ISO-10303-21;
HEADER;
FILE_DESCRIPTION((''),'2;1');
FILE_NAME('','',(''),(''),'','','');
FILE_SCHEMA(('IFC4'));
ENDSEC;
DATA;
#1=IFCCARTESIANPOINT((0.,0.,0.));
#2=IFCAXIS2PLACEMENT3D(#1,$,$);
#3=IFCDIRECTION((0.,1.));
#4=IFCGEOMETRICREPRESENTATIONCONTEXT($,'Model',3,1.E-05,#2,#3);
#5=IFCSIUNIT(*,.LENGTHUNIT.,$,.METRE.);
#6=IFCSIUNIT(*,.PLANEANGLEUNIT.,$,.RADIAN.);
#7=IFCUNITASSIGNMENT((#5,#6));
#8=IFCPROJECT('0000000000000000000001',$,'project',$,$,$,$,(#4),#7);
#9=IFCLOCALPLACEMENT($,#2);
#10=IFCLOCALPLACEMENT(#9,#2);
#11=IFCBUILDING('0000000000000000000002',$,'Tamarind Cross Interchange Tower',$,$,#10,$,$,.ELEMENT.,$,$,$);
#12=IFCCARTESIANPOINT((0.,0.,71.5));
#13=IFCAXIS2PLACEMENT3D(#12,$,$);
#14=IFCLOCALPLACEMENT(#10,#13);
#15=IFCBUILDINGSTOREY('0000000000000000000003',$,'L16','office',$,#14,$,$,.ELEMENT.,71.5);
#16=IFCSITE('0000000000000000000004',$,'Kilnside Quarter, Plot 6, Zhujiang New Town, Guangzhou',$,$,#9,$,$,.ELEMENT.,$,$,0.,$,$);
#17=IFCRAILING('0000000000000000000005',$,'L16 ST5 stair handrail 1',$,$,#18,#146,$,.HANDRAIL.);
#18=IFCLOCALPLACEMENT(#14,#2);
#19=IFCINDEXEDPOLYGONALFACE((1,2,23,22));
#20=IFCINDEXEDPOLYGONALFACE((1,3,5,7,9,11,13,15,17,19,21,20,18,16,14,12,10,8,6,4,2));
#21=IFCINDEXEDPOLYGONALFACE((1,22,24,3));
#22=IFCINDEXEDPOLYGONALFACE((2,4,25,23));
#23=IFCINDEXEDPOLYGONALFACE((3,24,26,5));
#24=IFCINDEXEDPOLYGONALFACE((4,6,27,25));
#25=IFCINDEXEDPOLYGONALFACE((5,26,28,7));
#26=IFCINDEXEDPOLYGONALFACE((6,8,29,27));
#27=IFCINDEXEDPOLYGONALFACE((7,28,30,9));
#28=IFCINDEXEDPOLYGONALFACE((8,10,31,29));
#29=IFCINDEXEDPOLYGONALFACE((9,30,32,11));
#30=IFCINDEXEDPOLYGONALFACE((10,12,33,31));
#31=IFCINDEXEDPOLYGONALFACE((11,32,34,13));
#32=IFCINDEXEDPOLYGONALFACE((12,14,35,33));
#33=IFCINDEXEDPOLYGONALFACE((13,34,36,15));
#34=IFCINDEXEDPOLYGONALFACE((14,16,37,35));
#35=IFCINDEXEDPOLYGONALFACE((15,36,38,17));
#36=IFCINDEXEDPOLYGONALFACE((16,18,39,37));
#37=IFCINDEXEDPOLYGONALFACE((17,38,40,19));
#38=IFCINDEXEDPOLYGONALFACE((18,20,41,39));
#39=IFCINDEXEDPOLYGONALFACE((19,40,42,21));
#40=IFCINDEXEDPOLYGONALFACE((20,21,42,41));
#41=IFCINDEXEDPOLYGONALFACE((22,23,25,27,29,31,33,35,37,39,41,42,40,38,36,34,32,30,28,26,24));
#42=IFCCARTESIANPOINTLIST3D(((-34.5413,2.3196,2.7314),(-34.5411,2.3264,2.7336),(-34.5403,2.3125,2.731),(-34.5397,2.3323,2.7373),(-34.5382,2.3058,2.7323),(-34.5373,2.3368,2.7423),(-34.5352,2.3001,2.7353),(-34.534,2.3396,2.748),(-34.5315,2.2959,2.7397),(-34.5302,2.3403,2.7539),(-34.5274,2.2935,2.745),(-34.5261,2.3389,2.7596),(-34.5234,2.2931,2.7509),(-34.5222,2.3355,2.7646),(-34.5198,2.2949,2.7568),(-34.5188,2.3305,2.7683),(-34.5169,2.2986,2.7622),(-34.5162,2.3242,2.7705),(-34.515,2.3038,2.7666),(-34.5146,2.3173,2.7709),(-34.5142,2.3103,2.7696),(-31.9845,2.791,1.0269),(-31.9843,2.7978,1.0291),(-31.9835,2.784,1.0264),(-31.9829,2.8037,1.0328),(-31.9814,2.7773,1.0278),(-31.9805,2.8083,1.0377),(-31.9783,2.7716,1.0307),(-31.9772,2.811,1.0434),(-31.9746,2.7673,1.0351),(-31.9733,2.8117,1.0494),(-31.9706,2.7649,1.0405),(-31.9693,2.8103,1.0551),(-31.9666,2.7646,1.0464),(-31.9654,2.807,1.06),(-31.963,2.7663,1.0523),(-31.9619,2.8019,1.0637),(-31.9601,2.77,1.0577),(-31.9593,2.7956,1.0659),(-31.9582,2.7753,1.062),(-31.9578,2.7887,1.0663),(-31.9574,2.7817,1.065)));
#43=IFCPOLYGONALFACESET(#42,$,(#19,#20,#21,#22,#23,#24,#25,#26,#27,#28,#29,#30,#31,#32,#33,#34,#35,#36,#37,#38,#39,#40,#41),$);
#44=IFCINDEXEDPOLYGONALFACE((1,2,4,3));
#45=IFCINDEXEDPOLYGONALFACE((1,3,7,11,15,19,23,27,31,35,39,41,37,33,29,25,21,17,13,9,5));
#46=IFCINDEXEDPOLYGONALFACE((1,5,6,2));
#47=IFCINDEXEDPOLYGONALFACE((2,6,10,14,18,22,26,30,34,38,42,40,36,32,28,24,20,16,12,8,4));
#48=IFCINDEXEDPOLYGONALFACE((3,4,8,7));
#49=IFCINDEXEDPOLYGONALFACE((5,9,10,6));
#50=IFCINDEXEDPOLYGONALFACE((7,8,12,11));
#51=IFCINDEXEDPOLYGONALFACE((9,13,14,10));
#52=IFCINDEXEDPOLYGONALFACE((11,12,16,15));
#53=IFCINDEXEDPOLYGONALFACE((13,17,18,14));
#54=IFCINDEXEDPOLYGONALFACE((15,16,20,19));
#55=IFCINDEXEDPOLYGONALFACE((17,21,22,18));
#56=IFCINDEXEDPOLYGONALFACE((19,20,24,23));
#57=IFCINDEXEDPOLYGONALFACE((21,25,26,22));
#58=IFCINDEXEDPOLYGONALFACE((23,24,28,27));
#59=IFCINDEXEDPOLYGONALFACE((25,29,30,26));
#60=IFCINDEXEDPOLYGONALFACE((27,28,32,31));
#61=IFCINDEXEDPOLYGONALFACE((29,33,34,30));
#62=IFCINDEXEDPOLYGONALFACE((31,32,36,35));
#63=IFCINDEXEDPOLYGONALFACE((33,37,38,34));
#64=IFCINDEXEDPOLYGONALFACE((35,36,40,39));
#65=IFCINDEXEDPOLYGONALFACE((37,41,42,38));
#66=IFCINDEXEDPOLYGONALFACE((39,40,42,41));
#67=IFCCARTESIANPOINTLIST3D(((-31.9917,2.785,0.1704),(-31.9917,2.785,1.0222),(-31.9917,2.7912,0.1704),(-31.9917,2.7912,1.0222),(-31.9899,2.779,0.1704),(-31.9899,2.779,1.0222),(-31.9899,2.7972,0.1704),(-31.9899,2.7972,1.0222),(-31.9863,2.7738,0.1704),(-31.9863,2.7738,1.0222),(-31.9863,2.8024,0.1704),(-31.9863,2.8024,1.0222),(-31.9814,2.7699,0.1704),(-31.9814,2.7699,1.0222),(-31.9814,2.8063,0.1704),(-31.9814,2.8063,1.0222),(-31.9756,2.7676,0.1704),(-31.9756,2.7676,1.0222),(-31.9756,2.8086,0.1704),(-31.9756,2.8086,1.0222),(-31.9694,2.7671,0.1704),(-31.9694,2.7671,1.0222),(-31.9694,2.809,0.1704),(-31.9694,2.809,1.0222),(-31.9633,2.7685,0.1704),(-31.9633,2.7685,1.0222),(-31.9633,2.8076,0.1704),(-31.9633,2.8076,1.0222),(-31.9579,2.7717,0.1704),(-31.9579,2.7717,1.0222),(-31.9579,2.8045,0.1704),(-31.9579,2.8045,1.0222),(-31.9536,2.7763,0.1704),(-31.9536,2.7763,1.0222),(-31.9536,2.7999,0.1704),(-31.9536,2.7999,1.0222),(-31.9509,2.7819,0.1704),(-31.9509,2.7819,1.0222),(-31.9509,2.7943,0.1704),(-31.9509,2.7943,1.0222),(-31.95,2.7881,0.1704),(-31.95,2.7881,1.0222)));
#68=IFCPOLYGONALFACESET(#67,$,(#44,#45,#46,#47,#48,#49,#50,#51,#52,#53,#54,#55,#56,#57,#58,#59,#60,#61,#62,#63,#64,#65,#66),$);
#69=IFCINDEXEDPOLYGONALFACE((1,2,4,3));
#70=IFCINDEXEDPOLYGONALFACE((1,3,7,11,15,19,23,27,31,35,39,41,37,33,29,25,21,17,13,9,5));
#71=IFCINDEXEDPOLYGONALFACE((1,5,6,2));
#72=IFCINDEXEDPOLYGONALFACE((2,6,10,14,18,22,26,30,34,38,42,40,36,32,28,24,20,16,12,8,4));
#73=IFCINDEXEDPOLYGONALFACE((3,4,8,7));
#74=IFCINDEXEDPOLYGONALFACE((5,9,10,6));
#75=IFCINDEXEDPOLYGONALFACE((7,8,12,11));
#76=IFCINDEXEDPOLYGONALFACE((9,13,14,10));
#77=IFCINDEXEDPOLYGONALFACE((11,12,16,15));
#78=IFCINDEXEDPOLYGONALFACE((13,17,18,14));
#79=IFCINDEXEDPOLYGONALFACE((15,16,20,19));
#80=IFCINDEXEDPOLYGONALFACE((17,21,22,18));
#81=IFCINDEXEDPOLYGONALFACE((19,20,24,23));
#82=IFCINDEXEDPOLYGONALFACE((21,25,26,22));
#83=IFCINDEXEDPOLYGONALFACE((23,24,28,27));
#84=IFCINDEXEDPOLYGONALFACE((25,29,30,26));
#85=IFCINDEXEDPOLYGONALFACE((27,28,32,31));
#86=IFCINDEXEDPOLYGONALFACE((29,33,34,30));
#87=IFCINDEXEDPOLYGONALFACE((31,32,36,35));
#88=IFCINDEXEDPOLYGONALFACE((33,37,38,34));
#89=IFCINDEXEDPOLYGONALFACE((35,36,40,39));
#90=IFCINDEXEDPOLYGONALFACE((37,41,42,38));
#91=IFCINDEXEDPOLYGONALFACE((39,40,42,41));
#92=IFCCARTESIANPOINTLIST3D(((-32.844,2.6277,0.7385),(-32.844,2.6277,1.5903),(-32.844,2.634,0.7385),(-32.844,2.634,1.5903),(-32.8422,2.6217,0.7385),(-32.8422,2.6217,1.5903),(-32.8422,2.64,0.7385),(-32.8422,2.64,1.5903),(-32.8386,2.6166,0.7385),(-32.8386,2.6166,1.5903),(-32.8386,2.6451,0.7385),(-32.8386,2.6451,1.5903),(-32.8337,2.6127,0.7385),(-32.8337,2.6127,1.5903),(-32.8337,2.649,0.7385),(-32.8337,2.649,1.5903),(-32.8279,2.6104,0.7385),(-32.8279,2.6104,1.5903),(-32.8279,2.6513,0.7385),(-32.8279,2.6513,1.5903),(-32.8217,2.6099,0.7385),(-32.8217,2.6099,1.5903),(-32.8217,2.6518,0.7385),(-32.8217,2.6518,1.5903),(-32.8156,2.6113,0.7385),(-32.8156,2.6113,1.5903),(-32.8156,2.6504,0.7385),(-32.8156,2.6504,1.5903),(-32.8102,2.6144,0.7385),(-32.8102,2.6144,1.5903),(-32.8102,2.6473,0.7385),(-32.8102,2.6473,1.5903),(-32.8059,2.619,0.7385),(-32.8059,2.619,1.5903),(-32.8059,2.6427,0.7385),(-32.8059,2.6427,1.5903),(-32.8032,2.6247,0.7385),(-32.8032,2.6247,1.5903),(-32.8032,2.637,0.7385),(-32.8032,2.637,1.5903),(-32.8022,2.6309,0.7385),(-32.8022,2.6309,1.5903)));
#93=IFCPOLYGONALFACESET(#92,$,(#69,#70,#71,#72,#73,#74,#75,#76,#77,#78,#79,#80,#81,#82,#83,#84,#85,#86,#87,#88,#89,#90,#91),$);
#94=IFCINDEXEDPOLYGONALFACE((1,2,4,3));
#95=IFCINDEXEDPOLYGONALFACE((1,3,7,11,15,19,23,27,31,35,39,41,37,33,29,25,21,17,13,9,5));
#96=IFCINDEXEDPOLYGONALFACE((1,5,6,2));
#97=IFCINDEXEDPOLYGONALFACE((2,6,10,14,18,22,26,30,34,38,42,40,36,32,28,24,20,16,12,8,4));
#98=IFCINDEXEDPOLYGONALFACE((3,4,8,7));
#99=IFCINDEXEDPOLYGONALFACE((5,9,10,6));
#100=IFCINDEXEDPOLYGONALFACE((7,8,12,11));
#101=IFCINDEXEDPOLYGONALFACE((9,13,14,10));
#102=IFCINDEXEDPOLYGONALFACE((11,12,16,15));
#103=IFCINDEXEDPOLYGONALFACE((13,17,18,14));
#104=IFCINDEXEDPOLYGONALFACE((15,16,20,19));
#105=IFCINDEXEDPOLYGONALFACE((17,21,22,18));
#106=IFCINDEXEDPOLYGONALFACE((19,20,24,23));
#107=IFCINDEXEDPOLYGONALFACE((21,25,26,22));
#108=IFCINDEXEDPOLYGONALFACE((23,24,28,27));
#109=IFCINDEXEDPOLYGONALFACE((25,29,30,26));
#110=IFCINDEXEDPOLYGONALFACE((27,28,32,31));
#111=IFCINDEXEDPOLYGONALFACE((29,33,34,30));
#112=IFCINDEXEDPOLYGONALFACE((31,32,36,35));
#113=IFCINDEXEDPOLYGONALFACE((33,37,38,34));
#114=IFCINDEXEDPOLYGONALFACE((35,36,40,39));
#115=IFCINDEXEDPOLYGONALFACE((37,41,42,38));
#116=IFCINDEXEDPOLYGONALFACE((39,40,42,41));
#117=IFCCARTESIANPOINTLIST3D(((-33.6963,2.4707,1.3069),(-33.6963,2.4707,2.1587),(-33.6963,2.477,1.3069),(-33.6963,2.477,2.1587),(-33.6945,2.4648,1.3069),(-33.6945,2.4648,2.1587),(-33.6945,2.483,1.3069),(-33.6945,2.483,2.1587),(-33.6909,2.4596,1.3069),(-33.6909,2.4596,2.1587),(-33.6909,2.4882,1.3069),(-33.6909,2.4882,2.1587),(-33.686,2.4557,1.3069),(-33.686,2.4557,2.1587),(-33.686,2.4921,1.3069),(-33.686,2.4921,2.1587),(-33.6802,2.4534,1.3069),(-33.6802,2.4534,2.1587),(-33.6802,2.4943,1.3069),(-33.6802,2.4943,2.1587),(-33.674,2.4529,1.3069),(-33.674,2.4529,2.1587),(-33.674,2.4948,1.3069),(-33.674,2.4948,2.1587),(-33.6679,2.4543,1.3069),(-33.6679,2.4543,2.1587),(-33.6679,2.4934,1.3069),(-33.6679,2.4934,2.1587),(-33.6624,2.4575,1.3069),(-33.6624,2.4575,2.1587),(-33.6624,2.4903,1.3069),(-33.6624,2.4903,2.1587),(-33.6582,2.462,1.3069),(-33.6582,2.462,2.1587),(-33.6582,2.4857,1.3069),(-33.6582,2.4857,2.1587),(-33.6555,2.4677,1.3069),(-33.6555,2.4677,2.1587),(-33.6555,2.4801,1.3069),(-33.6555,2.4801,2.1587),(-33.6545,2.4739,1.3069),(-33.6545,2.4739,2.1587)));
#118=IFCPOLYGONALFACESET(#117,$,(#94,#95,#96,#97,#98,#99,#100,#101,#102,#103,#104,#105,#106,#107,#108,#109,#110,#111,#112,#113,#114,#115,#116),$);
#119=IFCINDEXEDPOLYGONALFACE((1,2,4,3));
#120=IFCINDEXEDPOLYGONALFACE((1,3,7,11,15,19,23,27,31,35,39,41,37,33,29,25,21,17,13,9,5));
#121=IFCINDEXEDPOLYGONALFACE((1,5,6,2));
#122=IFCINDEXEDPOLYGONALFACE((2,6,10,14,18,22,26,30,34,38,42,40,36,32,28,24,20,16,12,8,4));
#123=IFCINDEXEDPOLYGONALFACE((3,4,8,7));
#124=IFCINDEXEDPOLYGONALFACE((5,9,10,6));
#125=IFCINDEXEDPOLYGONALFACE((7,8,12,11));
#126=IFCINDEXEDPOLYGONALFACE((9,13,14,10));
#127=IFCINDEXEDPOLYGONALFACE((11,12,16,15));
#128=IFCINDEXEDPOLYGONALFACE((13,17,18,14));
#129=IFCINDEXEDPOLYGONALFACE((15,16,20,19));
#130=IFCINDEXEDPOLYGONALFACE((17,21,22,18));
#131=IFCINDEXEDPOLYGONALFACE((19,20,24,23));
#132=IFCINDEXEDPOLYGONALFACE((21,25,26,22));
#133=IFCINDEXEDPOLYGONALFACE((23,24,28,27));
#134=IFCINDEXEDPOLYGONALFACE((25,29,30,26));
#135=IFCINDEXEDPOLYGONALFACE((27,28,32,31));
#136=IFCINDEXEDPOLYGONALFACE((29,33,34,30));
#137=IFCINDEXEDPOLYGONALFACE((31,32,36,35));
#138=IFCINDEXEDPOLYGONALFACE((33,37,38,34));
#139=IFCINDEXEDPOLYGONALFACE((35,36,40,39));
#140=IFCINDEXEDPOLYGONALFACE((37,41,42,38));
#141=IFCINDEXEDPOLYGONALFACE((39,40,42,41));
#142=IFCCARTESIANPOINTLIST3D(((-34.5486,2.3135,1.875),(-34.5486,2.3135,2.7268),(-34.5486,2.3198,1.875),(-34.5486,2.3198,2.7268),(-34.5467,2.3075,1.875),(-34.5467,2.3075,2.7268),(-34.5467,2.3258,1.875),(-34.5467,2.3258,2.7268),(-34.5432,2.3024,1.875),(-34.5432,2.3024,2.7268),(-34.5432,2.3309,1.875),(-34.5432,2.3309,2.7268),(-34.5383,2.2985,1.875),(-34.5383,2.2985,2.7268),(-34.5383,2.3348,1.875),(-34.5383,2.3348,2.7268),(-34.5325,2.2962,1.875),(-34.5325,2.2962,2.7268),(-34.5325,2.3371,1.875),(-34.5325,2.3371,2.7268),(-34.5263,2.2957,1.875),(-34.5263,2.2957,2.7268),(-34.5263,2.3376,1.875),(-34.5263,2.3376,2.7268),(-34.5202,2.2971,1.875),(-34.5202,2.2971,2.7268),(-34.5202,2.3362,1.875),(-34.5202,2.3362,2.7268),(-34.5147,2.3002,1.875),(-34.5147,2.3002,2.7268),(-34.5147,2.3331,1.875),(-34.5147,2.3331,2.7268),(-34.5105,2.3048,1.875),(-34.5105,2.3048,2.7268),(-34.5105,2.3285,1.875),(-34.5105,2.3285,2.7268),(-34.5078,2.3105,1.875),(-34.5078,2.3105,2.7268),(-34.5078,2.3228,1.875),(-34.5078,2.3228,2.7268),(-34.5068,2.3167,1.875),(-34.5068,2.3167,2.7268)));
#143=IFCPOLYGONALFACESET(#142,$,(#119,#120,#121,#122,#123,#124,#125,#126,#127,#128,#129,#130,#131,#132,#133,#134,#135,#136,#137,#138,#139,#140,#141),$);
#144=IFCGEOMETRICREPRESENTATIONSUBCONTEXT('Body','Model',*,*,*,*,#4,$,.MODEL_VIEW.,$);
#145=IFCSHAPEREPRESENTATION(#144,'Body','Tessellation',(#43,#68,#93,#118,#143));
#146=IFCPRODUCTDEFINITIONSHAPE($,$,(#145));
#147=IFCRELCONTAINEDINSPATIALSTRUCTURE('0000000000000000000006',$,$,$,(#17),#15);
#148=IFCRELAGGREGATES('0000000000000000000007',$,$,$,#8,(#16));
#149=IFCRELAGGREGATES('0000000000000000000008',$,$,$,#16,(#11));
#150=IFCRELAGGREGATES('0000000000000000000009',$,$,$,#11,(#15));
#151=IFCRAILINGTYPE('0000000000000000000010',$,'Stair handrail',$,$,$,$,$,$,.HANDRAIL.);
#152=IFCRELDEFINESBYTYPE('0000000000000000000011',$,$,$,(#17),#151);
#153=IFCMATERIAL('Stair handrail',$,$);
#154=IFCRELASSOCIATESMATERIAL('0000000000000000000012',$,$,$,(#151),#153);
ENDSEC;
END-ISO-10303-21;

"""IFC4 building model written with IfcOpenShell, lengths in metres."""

from ifc_helpers import new_model, si_unit, direction, frame, origin, origin_2d, place, context, subcontext, project, spatial, circle, extrude, material, type_object, element, save


model = new_model("IFC4")

# Units and contexts
model_context = context("Model", 3, precision=1e-05, world=origin(), true_north=direction((0.0, 1.0)))
body_context = subcontext(model_context, "Body", "Model", "MODEL_VIEW")
ifc_project = project(units=[si_unit("LENGTHUNIT", "METRE"), si_unit("PLANEANGLEUNIT", "RADIAN")], contexts=[model_context])

# Site, building, storey
site_placement = place(None, origin())
site = spatial("IfcSite", under=ifc_project, at=site_placement, Name="Kilnside Quarter, Plot 6, Zhujiang New Town, Guangzhou", CompositionType="ELEMENT", RefElevation=0.0)
building_placement = place(site_placement, origin())
building = spatial("IfcBuilding", under=site, at=building_placement, Name="Tamarind Cross Interchange Tower", CompositionType="ELEMENT")
storey_placement = place(building_placement, frame((0.0, 0.0, 71.5)))
storey = spatial("IfcBuildingStorey", under=building, at=storey_placement, Name="L16", Description="office", CompositionType="ELEMENT", Elevation=71.5)

# Railing
ifc_material_1 = material(Name="Stair handrail")
railing_type_1 = type_object("IfcRailingType", Name="Stair handrail", PredefinedType="HANDRAIL", material=ifc_material_1)
railing_1_placement = place(storey_placement, frame((-31.9709, 2.7881, 0.1704)))
element("IfcRailing", 1, at=railing_1_placement, inside=storey, type_object=railing_type_1, Name="L16 ST5 stair handrail 1", PredefinedType="HANDRAIL", context=body_context, shape_type="SweptSolid", body=[
    extrude(circle(Radius=0.0239, at=origin_2d()), frame((0.0, 0.0, 0.876), z_axis=(-0.822428, -0.151638, 0.548286), x_axis=(0.181323, -0.983424, 0.0)), (0.0, 0.0, 1.0), 3.1089),
    extrude(circle(Radius=0.021, at=origin_2d()), origin(), (0.0, 0.0, 1.0), 0.8518),
    extrude(circle(Radius=0.021, at=origin_2d()), frame((-0.8523, -0.1572, 0.5681)), (0.0, 0.0, 1.0), 0.8518),
    extrude(circle(Radius=0.021, at=origin_2d()), frame((-1.7046, -0.3142, 1.1365)), (0.0, 0.0, 1.0), 0.8518),
    extrude(circle(Radius=0.021, at=origin_2d()), frame((-2.5569, -0.4714, 1.7046)), (0.0, 0.0, 1.0), 0.8518),
])

save(model, "model.ifc")
